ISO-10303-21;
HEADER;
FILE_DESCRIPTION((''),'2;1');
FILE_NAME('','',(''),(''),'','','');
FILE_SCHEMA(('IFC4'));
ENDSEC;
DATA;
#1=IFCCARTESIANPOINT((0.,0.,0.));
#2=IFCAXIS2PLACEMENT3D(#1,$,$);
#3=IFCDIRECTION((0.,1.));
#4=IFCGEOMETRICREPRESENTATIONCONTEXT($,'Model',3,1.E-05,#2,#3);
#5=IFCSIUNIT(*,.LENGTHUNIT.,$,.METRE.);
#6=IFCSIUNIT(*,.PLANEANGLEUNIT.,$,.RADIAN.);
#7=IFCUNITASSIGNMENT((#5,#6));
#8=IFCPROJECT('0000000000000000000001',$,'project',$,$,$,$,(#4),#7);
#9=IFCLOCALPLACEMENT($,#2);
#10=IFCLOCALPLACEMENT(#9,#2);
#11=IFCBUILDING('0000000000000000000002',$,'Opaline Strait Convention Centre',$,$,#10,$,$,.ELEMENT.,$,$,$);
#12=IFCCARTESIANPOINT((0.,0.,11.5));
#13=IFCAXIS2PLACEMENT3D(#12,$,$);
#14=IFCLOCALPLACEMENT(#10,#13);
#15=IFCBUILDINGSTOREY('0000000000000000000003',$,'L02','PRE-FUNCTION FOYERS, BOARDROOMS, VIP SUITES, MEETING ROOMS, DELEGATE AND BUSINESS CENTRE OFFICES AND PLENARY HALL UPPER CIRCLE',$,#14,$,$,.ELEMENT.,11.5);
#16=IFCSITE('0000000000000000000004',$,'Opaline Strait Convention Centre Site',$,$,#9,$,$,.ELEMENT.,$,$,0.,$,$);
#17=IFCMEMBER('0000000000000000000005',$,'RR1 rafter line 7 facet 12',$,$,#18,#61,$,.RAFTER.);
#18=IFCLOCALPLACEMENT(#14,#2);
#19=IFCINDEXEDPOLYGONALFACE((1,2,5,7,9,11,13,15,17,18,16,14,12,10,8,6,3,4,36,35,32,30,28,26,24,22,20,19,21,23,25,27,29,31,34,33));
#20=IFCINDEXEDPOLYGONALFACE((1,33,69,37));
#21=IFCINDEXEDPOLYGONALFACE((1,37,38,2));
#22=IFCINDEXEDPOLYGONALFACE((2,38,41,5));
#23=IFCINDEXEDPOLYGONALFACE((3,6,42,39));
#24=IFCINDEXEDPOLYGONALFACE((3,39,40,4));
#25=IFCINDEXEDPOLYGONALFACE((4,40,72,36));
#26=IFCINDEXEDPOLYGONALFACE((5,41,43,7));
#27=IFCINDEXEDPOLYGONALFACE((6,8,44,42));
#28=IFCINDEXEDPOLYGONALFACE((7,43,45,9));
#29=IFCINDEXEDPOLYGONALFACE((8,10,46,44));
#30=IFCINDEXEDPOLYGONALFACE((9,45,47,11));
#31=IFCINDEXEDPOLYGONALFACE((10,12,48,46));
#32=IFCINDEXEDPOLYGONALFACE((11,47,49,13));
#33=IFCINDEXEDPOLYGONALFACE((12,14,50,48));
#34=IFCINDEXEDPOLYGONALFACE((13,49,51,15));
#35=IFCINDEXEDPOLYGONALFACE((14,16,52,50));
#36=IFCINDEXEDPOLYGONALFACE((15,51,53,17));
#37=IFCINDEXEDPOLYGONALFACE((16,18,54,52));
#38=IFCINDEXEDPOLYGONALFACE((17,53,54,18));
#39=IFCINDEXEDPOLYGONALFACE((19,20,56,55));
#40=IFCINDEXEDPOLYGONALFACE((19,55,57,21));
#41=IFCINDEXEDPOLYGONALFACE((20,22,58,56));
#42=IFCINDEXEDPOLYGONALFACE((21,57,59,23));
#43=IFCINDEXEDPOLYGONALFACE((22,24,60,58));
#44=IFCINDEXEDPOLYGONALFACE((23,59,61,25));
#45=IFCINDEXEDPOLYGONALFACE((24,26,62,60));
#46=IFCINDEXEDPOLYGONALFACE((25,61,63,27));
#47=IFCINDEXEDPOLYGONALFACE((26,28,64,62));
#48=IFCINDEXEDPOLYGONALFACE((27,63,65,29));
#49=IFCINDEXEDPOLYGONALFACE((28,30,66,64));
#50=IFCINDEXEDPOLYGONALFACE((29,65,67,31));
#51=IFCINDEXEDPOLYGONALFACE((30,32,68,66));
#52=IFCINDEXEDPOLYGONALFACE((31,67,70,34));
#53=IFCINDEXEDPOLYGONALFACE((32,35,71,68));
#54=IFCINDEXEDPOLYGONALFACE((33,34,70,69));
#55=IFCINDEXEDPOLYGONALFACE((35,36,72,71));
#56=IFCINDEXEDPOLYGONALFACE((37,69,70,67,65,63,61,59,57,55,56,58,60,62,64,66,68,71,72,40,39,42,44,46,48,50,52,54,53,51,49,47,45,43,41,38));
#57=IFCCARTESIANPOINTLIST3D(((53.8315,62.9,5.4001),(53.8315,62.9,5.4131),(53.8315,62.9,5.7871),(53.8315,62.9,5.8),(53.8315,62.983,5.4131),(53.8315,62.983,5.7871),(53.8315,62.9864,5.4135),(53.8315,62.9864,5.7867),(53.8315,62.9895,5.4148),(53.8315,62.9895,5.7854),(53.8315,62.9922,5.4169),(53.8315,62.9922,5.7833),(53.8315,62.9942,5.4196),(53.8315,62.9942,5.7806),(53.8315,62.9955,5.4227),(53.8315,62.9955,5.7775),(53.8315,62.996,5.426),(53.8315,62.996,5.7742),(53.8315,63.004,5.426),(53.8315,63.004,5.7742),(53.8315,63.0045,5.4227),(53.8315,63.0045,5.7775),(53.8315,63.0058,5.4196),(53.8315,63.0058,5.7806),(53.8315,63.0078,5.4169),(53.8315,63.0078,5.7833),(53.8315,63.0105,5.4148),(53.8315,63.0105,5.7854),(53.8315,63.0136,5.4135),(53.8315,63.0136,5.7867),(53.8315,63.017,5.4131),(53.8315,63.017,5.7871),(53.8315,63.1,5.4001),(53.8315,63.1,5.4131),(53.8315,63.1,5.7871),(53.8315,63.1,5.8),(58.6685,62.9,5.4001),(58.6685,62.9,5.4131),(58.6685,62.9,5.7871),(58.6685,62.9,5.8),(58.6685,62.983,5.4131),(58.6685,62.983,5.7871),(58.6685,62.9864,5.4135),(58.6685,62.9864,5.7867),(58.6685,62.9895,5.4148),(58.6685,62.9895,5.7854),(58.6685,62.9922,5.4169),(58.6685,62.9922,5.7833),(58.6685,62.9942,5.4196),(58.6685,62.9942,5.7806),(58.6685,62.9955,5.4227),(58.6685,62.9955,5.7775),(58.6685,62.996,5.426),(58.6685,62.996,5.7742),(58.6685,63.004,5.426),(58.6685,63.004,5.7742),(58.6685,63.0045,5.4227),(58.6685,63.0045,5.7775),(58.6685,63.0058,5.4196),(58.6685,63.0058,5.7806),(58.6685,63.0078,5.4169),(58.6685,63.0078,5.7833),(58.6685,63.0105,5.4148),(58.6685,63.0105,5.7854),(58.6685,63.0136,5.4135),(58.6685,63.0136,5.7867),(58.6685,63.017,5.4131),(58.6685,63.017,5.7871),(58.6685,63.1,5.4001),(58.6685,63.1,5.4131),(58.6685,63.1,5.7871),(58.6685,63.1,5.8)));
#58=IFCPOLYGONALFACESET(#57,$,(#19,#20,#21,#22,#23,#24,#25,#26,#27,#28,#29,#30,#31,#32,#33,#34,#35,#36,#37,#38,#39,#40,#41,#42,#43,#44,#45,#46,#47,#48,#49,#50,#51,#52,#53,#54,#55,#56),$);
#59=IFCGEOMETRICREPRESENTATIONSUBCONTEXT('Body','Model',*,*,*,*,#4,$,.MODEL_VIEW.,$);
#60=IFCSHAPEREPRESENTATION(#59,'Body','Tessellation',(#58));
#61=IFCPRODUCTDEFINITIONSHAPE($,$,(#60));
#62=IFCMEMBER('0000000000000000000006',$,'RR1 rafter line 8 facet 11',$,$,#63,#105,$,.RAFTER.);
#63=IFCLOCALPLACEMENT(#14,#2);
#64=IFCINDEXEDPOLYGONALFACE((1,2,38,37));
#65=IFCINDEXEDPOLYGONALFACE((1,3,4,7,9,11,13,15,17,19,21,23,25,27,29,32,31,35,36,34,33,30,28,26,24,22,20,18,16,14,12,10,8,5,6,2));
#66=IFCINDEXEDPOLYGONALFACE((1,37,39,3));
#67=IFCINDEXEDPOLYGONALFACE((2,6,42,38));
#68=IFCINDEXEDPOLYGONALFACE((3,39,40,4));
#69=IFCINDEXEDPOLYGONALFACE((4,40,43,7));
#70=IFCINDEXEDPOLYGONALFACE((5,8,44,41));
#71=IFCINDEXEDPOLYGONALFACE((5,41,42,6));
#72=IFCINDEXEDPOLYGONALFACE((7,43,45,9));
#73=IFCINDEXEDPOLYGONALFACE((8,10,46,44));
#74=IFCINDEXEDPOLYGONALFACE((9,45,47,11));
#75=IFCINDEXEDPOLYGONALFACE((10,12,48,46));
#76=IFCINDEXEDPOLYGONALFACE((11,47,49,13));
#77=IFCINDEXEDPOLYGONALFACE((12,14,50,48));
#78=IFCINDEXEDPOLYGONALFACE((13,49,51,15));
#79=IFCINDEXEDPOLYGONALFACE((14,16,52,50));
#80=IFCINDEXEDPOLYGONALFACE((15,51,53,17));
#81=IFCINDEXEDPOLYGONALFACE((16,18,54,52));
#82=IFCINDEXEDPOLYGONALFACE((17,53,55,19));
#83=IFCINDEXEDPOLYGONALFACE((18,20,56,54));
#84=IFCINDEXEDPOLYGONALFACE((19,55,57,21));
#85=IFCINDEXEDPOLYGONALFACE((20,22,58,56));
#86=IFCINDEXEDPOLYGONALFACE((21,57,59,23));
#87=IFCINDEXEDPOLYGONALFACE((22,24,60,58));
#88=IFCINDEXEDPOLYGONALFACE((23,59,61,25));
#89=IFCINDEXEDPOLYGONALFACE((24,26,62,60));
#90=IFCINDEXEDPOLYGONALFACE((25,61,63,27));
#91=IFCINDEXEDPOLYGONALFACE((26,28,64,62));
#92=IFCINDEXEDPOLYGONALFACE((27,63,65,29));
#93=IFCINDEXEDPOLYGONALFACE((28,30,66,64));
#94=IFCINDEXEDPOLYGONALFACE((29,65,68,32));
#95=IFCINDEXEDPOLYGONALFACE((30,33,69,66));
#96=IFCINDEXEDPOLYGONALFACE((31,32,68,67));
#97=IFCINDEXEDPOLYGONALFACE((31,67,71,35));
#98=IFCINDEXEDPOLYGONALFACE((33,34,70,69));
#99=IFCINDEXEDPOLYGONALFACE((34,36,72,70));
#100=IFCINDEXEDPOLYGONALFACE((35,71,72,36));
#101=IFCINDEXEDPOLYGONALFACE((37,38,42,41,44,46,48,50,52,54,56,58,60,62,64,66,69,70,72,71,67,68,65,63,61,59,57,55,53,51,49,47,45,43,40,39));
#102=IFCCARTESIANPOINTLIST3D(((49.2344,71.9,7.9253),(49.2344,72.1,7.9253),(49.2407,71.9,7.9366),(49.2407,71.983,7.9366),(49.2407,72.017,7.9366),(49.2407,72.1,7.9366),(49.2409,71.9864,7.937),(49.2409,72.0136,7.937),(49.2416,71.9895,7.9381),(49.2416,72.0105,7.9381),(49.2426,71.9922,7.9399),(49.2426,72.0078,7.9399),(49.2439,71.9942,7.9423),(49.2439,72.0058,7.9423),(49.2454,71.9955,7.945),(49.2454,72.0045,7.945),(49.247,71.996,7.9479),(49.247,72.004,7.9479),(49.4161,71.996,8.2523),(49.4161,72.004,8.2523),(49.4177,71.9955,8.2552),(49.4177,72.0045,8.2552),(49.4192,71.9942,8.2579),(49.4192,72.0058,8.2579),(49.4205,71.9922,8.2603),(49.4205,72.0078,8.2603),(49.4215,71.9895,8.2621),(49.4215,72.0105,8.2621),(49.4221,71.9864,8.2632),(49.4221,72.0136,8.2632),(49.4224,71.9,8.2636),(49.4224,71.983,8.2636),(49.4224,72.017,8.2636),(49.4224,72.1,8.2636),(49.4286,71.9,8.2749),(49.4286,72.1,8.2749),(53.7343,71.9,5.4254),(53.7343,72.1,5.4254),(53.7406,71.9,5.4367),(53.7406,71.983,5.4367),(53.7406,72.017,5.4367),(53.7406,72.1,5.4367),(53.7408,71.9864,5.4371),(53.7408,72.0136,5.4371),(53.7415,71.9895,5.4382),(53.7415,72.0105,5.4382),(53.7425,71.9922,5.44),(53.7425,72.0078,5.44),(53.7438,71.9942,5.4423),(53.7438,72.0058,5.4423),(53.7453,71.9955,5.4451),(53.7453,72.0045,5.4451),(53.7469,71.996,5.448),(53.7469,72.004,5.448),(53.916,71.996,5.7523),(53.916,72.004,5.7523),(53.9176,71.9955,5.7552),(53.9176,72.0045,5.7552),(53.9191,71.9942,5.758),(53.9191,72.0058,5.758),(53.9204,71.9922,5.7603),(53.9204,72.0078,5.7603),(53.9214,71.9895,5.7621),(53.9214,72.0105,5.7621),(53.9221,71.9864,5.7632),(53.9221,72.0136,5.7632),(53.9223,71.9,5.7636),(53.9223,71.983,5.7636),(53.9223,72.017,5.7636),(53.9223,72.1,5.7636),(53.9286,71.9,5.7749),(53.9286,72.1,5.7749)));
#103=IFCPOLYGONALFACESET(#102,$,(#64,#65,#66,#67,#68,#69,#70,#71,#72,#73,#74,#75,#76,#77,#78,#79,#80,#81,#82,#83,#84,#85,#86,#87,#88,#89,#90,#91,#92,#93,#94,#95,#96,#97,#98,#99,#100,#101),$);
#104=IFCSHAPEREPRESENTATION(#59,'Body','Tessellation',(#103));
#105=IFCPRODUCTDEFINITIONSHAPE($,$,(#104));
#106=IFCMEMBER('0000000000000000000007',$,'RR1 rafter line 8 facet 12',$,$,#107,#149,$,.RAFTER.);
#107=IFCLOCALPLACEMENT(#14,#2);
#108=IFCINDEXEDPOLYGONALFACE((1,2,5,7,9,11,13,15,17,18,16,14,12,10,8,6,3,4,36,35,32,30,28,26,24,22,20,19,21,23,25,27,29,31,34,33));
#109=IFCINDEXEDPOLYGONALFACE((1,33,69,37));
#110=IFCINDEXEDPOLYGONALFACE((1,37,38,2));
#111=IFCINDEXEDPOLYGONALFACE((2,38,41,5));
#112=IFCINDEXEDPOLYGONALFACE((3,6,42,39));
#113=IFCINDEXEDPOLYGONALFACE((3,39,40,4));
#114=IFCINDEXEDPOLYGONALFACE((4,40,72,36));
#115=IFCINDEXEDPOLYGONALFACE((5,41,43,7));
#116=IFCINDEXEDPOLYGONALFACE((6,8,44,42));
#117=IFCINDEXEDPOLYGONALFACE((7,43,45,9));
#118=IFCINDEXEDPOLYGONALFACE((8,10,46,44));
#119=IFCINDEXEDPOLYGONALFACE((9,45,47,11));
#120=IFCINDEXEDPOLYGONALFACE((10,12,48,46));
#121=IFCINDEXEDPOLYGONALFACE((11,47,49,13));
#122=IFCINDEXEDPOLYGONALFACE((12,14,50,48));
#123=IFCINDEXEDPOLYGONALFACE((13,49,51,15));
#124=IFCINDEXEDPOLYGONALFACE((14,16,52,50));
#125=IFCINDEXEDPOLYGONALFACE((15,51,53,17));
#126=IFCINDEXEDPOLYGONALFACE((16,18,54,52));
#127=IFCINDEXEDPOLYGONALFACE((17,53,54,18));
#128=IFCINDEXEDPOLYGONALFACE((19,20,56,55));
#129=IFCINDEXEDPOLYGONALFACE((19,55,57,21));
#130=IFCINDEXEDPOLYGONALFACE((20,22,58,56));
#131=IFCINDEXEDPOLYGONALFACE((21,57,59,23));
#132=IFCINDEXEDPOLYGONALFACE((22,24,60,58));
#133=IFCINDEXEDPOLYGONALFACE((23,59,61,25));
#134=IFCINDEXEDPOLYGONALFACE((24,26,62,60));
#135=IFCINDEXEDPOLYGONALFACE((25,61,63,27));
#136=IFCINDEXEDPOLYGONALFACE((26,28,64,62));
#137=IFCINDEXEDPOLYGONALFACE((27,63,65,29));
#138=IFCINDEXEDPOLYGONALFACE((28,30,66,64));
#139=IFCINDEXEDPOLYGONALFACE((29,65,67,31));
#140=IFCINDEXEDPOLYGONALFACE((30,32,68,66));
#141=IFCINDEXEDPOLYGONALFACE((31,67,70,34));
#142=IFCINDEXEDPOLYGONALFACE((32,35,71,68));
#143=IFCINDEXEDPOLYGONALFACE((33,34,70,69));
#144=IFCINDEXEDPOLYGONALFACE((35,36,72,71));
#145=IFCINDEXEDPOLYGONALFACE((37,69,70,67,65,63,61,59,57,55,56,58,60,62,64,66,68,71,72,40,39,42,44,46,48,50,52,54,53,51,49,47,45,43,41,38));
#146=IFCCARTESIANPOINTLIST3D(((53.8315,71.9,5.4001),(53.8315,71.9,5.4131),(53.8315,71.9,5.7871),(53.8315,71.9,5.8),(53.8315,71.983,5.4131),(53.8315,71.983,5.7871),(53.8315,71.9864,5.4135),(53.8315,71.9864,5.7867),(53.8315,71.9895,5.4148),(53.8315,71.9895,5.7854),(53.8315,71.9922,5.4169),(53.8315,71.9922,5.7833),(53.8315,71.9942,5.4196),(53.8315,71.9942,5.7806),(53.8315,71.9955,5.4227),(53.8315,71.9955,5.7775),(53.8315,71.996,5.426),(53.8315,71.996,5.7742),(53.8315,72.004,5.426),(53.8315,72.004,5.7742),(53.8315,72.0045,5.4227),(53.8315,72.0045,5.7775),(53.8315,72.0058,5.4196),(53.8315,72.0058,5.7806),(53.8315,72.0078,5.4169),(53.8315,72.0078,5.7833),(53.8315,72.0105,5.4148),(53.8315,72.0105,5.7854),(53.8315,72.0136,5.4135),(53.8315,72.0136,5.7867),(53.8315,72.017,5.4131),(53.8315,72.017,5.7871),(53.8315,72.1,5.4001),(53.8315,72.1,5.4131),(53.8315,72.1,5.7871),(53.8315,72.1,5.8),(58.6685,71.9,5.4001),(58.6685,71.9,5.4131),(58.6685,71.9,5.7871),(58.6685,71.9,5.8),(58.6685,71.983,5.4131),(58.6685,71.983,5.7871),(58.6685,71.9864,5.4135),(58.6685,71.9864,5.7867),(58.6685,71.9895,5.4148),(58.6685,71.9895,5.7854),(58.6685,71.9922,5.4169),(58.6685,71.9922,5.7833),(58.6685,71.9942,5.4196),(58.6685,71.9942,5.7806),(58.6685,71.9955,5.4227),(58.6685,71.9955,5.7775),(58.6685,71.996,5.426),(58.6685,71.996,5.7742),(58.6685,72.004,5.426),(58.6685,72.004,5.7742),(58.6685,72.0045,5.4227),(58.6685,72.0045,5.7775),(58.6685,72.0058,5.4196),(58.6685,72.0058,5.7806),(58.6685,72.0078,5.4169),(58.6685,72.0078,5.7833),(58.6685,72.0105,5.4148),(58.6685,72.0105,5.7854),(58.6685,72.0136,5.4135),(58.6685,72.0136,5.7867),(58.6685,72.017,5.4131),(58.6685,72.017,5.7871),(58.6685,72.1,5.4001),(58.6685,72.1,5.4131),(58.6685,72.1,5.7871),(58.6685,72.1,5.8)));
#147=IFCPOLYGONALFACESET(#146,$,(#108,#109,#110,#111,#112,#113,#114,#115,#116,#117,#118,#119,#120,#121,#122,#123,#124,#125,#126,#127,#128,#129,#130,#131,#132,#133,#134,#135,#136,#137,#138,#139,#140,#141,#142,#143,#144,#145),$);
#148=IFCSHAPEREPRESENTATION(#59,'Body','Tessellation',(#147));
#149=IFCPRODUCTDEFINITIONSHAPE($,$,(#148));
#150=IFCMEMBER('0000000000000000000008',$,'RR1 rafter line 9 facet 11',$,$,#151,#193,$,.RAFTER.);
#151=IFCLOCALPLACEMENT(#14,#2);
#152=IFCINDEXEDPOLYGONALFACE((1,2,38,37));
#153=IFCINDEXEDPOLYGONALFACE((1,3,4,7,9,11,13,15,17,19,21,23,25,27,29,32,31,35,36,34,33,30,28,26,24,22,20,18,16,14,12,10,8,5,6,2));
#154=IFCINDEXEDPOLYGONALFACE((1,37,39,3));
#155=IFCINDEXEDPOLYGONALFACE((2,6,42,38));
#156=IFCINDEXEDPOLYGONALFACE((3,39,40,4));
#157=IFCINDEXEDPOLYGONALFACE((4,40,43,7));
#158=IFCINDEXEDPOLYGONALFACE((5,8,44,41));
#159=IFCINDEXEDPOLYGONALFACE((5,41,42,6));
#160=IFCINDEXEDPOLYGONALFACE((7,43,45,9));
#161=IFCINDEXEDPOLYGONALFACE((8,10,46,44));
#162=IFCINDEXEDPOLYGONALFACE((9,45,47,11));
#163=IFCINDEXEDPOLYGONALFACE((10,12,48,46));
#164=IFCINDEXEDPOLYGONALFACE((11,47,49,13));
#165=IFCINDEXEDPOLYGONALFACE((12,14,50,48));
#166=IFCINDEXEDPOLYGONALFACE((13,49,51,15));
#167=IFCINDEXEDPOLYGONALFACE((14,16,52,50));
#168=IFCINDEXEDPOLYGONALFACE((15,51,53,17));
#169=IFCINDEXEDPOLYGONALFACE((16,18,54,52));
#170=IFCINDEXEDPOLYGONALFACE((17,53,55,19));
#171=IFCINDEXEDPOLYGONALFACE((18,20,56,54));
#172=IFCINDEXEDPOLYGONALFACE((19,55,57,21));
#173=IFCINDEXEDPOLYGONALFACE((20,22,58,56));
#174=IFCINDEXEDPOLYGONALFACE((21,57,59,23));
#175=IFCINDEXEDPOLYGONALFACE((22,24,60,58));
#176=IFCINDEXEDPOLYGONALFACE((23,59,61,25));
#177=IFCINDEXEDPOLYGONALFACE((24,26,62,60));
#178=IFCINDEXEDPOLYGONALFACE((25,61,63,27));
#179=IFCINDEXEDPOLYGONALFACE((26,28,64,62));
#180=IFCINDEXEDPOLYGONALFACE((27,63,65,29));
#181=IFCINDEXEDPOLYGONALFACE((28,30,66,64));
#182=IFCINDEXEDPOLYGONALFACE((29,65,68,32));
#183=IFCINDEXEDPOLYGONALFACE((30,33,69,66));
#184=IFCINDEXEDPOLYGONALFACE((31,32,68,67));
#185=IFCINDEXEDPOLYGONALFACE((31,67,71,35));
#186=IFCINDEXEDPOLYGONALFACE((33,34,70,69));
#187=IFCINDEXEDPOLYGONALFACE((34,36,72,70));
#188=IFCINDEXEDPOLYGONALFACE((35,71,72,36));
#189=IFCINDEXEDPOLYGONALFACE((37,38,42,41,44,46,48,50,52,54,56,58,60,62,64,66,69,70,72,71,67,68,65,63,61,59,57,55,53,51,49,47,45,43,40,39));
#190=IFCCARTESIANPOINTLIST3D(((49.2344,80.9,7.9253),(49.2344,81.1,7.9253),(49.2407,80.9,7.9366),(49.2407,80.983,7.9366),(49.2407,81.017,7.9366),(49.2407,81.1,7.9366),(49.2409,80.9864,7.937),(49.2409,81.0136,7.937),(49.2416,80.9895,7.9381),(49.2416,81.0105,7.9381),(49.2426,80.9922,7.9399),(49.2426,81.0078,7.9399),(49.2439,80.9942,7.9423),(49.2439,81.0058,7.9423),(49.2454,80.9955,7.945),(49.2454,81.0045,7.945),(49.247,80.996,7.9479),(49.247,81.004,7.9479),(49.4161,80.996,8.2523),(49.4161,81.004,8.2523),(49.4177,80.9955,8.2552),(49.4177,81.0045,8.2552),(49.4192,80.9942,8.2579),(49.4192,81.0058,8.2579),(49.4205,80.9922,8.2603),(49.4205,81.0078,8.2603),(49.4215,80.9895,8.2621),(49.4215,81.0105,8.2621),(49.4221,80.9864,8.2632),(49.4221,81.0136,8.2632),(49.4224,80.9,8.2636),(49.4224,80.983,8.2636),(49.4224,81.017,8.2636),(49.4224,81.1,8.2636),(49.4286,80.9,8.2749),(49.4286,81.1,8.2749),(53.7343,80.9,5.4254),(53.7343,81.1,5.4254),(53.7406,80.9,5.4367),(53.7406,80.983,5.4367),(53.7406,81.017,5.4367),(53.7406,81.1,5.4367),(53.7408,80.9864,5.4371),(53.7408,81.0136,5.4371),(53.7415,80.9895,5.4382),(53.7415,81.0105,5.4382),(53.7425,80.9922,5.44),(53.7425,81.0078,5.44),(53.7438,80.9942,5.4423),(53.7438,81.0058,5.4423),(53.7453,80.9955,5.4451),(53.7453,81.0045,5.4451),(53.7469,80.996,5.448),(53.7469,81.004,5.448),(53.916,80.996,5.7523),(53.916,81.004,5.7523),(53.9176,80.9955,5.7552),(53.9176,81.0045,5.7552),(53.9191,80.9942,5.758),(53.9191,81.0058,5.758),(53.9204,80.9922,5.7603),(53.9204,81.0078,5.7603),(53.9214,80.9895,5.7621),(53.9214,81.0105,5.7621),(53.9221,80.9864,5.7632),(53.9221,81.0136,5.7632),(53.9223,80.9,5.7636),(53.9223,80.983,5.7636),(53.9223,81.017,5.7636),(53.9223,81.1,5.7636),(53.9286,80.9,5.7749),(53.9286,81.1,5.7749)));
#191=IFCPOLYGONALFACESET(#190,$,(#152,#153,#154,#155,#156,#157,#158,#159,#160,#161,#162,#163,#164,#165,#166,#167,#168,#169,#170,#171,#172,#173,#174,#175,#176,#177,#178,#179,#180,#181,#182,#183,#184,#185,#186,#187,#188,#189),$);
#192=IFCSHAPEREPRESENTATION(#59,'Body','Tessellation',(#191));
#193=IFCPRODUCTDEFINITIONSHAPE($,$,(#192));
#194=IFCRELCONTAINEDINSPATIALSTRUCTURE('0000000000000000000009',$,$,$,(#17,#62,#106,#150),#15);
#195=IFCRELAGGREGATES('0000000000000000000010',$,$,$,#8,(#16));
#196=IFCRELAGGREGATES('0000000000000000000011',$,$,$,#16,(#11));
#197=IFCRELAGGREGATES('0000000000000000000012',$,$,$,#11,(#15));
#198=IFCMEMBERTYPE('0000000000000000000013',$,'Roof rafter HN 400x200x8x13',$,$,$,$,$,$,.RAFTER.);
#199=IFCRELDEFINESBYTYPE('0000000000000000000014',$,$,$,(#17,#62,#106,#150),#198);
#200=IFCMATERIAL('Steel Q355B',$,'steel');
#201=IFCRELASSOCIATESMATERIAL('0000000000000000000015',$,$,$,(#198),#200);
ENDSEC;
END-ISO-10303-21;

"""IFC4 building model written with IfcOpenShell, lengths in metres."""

from ifc_helpers import new_model, si_unit, direction, frame, origin, origin_2d, place, context, subcontext, project, spatial, i_section, extrude, material, material_profile, profile_set, type_object, element, save


model = new_model("IFC4")

# Units and contexts
model_context = context("Model", 3, precision=1e-05, world=origin(), true_north=direction((0.0, 1.0)))
body_context = subcontext(model_context, "Body", "Model", "MODEL_VIEW")
ifc_project = project(units=[si_unit("LENGTHUNIT", "METRE"), si_unit("PLANEANGLEUNIT", "RADIAN")], contexts=[model_context])

# Site, building, storey
site_placement = place(None, origin())
site = spatial("IfcSite", under=ifc_project, at=site_placement, Name="Opaline Strait Convention Centre Site", CompositionType="ELEMENT", RefElevation=0.0)
building_placement = place(site_placement, origin())
building = spatial("IfcBuilding", under=site, at=building_placement, Name="Opaline Strait Convention Centre", CompositionType="ELEMENT")
storey_placement = place(building_placement, frame((0.0, 0.0, 11.5)))
storey = spatial("IfcBuildingStorey", under=building, at=storey_placement, Name="L02", Description="PRE-FUNCTION FOYERS, BOARDROOMS, VIP SUITES, MEETING ROOMS, DELEGATE AND BUSINESS CENTRE OFFICES AND PLENARY HALL UPPER CIRCLE", CompositionType="ELEMENT", Elevation=11.5)

# Shared definitions
ifc_material_1 = material(Name="Steel Q355B", Category="steel")

# Members
ifc_material_profile_1 = material_profile(ifc_material_1, i_section(OverallWidth=0.2, OverallDepth=0.3999, WebThickness=0.0081, FlangeThickness=0.0129, FilletRadius=0.0129, at=origin_2d()), Name="HN 400x200x8x13")
ifc_profile_set_1 = profile_set([ifc_material_profile_1], Name="Steel Q355B")
member_type_1 = type_object("IfcMemberType", Name="Roof rafter HN 400x200x8x13", PredefinedType="RAFTER", material=ifc_profile_set_1)
member_1_placement = place(storey_placement, frame((53.8315, 63.0, 5.6001), z_axis=(1.0, 0.0, 0.0), x_axis=(0.0, 1.0, 0.0)))
element("IfcMember", 1, at=member_1_placement, inside=storey, type_object=member_type_1, Name="RR1 rafter line 7 facet 12", PredefinedType="RAFTER", context=body_context, shape_type="SweptSolid", body=[
    extrude(i_section(OverallWidth=0.2, OverallDepth=0.3999, WebThickness=0.0081, FlangeThickness=0.0129, FilletRadius=0.0129, at=origin_2d()), origin(), (0.0, 0.0, 1.0), 4.8369),
])
member_2_placement = place(storey_placement, frame((49.3315, 72.0, 8.1001), z_axis=(0.874157, 0.0, -0.485643), x_axis=(0.0, 1.0, 0.0)))
element("IfcMember", 2, at=member_2_placement, inside=storey, type_object=member_type_1, Name="RR1 rafter line 8 facet 11", PredefinedType="RAFTER", context=body_context, shape_type="SweptSolid", body=[
    extrude(i_section(OverallWidth=0.2, OverallDepth=0.3999, WebThickness=0.0081, FlangeThickness=0.0129, FilletRadius=0.0129, at=origin_2d()), origin(), (0.0, 0.0, 1.0), 5.1477),
])
member_3_placement = place(storey_placement, frame((53.8315, 72.0, 5.6001), z_axis=(1.0, 0.0, 0.0), x_axis=(0.0, 1.0, 0.0)))
element("IfcMember", 3, at=member_3_placement, inside=storey, type_object=member_type_1, Name="RR1 rafter line 8 facet 12", PredefinedType="RAFTER", context=body_context, shape_type="SweptSolid", body=[
    extrude(i_section(OverallWidth=0.2, OverallDepth=0.3999, WebThickness=0.0081, FlangeThickness=0.0129, FilletRadius=0.0129, at=origin_2d()), origin(), (0.0, 0.0, 1.0), 4.8369),
])
member_4_placement = place(storey_placement, frame((49.3315, 81.0, 8.1001), z_axis=(0.874157, 0.0, -0.485643), x_axis=(0.0, 1.0, 0.0)))
element("IfcMember", 4, at=member_4_placement, inside=storey, type_object=member_type_1, Name="RR1 rafter line 9 facet 11", PredefinedType="RAFTER", context=body_context, shape_type="SweptSolid", body=[
    extrude(i_section(OverallWidth=0.2, OverallDepth=0.3999, WebThickness=0.0081, FlangeThickness=0.0129, FilletRadius=0.0129, at=origin_2d()), origin(), (0.0, 0.0, 1.0), 5.1477),
])

save(model, "model.ifc")
